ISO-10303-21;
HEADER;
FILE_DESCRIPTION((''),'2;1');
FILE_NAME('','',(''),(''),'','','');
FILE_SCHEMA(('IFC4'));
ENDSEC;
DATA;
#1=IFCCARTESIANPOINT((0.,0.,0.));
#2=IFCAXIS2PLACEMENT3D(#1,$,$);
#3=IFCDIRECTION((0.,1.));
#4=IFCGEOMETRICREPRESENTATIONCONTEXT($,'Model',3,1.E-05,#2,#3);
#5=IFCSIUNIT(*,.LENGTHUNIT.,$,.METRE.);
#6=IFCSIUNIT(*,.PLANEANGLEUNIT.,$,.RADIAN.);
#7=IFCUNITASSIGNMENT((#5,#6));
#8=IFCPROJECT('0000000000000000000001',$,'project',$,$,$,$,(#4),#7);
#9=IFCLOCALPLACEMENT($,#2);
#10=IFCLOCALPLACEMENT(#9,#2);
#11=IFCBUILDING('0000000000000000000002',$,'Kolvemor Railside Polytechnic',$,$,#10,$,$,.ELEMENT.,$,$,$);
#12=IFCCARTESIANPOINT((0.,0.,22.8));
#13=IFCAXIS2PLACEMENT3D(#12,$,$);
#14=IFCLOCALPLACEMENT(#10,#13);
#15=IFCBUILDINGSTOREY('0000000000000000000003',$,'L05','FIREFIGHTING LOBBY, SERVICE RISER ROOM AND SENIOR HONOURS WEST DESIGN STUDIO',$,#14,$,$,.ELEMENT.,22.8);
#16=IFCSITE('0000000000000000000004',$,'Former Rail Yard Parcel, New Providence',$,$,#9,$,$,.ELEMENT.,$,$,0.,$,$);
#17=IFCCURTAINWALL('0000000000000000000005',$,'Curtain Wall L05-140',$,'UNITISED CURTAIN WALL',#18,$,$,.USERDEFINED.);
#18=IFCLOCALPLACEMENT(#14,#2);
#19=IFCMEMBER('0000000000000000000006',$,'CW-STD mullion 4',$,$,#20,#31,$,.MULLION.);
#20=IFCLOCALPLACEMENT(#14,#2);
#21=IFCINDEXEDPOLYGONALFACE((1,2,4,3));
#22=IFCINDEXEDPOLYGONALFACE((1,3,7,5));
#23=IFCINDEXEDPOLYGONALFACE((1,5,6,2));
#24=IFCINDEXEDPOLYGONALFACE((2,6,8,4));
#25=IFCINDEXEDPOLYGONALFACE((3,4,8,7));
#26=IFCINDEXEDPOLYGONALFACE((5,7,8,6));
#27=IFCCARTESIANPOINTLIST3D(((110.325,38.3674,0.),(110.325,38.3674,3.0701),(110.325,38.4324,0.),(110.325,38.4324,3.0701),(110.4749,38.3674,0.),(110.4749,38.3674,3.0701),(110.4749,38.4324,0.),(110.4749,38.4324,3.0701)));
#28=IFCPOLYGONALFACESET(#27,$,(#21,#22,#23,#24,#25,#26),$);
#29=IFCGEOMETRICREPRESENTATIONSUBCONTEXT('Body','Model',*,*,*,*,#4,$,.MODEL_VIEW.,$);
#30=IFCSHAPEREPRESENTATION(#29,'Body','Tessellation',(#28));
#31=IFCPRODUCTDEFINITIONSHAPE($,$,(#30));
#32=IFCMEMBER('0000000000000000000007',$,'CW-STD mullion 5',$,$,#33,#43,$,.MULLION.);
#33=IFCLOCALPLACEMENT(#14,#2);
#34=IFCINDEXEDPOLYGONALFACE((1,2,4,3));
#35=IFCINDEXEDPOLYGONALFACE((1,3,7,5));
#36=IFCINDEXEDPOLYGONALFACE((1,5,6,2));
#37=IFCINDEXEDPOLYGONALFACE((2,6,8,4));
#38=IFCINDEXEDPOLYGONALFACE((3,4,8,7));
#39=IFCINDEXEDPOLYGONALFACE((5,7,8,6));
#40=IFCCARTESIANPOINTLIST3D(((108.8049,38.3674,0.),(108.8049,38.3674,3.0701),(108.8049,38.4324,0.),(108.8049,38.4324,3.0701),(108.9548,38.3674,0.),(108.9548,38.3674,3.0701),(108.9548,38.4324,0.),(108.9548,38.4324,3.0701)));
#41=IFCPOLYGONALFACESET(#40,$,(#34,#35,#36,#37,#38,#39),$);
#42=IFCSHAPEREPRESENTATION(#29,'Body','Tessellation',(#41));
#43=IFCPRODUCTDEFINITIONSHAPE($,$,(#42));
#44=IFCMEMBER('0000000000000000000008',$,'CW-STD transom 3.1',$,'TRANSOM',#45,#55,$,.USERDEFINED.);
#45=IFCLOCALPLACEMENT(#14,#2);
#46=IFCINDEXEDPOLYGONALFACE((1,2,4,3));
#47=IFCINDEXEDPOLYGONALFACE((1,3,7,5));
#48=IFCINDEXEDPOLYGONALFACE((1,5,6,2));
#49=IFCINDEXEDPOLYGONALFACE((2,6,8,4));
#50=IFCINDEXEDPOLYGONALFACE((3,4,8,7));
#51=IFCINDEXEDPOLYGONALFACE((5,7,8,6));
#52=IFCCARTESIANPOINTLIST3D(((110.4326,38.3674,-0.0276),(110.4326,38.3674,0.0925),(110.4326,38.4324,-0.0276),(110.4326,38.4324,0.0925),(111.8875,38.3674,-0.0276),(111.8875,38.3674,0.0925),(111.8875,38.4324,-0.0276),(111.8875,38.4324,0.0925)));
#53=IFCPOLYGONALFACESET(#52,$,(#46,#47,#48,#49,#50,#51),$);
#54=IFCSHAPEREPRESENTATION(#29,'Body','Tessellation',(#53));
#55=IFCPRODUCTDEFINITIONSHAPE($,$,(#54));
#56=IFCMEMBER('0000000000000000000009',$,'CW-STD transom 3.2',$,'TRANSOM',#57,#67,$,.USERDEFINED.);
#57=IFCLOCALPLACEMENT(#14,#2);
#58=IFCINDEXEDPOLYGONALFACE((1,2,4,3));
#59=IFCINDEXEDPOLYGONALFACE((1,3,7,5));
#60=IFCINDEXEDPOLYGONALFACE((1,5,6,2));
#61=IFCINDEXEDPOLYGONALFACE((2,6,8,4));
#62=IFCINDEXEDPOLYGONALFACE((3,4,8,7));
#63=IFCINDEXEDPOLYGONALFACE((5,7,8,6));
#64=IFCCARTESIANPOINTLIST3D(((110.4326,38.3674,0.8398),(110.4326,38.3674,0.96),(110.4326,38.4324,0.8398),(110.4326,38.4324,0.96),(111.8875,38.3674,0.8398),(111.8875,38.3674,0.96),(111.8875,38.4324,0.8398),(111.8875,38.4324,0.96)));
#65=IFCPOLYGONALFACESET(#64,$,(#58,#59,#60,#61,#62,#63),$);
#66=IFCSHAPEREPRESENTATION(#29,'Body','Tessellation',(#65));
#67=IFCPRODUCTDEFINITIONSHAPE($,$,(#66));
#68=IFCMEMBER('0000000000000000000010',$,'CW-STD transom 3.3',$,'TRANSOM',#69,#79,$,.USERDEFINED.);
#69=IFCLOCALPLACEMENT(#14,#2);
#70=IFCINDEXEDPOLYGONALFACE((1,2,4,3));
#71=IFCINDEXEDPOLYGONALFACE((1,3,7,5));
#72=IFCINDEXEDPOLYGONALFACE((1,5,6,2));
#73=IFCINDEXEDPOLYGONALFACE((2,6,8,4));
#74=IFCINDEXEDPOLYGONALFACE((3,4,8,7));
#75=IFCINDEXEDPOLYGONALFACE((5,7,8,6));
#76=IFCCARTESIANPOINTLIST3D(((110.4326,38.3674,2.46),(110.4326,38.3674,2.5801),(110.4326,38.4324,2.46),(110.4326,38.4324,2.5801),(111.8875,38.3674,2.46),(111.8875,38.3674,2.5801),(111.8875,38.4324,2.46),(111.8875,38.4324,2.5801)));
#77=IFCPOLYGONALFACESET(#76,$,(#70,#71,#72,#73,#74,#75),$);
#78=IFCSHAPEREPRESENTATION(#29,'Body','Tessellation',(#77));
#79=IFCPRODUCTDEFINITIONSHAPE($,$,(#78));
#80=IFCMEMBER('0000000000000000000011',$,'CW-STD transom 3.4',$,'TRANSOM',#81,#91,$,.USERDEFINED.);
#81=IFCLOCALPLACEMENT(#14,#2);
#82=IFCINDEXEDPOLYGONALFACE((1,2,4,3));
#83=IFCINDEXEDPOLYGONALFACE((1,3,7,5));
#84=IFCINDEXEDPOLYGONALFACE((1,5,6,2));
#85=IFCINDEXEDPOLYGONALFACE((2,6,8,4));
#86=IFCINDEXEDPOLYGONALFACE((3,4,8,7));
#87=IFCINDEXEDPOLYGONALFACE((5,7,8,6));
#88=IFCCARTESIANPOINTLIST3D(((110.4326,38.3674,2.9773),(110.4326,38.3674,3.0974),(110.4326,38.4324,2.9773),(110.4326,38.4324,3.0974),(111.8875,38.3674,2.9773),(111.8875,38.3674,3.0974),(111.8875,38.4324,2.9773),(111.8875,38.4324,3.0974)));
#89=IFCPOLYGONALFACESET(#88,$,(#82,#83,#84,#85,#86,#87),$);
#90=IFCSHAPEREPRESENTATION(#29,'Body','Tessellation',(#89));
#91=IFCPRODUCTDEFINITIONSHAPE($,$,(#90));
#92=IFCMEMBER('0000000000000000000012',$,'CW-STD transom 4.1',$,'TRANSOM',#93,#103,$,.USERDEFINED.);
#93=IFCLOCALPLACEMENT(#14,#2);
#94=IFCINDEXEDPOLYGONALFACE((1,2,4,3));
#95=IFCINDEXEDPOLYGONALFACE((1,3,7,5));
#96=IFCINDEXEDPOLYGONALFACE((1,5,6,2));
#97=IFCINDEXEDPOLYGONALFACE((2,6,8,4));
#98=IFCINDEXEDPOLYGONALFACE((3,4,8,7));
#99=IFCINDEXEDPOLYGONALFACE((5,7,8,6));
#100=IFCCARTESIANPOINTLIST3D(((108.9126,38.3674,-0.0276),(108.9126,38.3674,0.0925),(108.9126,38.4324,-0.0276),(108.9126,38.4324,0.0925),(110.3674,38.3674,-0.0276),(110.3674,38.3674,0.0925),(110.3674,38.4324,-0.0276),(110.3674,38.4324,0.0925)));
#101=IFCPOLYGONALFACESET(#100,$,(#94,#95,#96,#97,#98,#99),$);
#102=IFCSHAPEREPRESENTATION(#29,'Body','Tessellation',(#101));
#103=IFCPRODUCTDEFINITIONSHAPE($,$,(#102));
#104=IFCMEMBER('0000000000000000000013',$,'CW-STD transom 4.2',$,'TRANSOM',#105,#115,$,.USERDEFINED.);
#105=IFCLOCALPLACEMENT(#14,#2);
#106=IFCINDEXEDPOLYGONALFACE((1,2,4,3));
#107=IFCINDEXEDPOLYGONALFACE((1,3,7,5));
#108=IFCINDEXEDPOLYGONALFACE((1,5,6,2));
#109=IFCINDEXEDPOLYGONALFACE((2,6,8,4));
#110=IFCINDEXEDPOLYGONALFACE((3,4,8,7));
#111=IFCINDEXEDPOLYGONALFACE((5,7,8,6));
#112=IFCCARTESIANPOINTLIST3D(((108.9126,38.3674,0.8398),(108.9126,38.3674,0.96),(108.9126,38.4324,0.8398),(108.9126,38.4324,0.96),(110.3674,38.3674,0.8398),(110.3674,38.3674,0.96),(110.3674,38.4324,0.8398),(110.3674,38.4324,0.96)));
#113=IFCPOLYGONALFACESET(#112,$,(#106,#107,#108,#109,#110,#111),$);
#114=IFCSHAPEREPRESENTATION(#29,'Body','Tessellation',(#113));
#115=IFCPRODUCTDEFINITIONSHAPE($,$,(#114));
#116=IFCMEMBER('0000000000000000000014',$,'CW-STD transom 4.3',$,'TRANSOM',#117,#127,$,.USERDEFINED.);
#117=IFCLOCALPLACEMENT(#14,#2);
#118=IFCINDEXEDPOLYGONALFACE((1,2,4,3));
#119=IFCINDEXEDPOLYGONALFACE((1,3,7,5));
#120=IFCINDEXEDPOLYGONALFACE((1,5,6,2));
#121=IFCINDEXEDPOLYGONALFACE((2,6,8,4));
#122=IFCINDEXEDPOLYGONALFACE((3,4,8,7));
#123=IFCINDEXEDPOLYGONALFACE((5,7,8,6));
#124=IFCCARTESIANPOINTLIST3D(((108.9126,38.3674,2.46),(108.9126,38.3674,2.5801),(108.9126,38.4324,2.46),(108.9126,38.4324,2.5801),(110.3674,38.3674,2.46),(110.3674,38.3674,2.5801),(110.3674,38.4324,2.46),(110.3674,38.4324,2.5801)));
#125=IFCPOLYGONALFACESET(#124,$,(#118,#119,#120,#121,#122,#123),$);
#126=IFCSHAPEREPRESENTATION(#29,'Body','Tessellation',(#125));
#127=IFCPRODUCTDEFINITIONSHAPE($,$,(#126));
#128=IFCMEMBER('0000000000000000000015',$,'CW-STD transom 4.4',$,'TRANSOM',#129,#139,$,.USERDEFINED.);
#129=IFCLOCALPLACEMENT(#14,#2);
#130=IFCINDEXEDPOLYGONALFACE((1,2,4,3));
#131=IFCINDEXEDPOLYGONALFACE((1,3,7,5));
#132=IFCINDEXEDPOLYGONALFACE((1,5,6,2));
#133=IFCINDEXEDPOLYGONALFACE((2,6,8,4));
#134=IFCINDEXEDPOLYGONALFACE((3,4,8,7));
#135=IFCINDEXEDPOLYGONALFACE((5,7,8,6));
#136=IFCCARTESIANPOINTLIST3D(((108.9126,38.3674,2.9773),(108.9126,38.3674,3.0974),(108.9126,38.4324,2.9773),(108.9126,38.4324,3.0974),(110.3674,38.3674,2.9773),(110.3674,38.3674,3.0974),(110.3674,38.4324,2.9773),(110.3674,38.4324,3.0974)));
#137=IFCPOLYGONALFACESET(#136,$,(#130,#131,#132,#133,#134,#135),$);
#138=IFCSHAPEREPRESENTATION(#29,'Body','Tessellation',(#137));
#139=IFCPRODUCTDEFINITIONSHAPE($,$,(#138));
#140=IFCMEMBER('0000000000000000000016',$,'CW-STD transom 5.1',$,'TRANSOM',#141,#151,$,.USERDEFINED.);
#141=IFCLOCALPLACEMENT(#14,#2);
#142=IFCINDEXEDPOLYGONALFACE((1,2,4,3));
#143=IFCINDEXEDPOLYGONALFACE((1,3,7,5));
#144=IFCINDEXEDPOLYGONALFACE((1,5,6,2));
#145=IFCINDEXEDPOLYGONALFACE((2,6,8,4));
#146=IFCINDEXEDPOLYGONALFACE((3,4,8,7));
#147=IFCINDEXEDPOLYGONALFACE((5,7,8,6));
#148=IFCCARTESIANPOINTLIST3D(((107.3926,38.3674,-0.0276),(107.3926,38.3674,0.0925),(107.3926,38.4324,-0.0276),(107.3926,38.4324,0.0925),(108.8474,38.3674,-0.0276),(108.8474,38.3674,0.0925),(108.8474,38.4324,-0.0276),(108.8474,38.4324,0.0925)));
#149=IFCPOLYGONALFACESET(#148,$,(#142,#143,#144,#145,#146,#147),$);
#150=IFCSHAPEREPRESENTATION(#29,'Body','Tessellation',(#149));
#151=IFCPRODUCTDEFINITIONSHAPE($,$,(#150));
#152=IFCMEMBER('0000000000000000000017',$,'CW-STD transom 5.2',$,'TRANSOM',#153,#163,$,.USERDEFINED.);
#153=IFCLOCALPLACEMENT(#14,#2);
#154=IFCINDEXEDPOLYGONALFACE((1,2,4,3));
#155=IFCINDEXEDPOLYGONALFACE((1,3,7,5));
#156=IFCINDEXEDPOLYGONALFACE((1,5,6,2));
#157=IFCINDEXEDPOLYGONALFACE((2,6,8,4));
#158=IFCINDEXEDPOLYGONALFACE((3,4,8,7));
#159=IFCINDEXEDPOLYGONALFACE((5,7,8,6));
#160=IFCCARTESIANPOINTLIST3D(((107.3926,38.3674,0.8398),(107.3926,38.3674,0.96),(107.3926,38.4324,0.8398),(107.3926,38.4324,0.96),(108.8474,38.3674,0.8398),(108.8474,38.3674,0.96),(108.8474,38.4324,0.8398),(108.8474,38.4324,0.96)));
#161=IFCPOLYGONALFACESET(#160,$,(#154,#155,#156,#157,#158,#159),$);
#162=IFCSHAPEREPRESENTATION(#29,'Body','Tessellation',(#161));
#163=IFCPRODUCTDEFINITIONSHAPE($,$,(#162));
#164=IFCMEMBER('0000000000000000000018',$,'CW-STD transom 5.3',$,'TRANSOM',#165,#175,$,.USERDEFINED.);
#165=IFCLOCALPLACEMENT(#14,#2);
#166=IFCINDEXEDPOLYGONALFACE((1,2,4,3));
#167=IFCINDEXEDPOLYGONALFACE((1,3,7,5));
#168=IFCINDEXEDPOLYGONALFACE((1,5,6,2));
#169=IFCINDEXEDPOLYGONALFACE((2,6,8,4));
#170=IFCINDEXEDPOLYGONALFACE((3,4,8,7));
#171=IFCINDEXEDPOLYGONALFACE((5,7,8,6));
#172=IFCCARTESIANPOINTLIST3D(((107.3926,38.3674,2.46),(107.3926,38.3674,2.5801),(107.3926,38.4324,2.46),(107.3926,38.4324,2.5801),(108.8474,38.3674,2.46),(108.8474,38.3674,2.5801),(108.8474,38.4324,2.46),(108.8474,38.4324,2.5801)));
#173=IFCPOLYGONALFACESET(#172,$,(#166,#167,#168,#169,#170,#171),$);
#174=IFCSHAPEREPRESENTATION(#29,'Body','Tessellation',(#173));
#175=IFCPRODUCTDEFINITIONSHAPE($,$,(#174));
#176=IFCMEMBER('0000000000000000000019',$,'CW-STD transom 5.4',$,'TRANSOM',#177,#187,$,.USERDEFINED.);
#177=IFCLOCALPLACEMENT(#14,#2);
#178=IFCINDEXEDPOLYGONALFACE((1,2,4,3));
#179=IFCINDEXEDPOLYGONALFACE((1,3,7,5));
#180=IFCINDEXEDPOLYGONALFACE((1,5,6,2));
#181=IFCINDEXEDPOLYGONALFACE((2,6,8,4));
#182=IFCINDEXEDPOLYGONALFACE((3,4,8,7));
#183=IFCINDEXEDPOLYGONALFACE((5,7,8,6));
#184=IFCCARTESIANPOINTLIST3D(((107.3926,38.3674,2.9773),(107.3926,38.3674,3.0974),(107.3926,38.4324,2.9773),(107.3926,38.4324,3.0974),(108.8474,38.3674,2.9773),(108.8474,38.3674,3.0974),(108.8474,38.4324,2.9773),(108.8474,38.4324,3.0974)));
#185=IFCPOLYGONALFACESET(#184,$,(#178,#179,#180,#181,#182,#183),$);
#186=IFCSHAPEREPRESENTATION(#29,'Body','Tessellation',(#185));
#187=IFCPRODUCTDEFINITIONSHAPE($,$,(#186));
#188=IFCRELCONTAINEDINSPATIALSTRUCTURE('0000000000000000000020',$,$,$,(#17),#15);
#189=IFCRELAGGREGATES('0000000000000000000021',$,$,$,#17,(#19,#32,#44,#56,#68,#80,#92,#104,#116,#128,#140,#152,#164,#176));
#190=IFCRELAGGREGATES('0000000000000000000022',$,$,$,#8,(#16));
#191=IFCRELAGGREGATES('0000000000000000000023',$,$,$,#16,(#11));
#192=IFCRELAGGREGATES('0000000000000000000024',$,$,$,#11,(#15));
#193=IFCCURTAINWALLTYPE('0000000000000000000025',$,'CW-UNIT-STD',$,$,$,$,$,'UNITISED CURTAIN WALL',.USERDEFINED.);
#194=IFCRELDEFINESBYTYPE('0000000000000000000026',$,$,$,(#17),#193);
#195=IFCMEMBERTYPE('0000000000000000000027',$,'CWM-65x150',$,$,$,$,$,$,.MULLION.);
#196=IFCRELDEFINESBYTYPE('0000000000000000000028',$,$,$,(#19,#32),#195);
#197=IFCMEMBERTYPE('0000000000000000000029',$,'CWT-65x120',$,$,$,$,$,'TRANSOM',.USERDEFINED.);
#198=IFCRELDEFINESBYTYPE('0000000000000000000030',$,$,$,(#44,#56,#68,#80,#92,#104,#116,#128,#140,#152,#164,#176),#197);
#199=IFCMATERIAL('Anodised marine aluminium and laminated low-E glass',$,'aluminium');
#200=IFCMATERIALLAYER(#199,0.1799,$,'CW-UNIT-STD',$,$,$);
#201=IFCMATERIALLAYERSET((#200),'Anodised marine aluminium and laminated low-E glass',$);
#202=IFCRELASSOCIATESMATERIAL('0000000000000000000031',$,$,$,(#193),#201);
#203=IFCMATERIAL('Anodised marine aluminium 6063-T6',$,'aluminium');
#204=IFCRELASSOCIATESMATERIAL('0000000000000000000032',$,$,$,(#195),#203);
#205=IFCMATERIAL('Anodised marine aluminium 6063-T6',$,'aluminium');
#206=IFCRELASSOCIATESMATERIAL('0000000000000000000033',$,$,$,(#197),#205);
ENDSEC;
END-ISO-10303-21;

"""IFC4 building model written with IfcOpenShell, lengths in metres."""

from ifc_helpers import new_model, si_unit, direction, frame, origin, origin_2d, place, context, subcontext, project, spatial, rectangle, extrude, material, layer, layer_set, material_profile, profile_set, type_object, element, aggregate, save


model = new_model("IFC4")

# Units and contexts
model_context = context("Model", 3, precision=1e-05, world=origin(), true_north=direction((0.0, 1.0)))
body_context = subcontext(model_context, "Body", "Model", "MODEL_VIEW")
ifc_project = project(units=[si_unit("LENGTHUNIT", "METRE"), si_unit("PLANEANGLEUNIT", "RADIAN")], contexts=[model_context])

# Site, building, storey
site_placement = place(None, origin())
site = spatial("IfcSite", under=ifc_project, at=site_placement, Name="Former Rail Yard Parcel, New Providence", CompositionType="ELEMENT", RefElevation=0.0)
building_placement = place(site_placement, origin())
building = spatial("IfcBuilding", under=site, at=building_placement, Name="Kolvemor Railside Polytechnic", CompositionType="ELEMENT")
storey_placement = place(building_placement, frame((0.0, 0.0, 22.8)))
storey = spatial("IfcBuildingStorey", under=building, at=storey_placement, Name="L05", Description="FIREFIGHTING LOBBY, SERVICE RISER ROOM AND SENIOR HONOURS WEST DESIGN STUDIO", CompositionType="ELEMENT", Elevation=22.8)

# Curtain wall, members
ifc_material_1 = material(Name="Anodised marine aluminium and laminated low-E glass", Category="aluminium")
ifc_layer_1 = layer(ifc_material_1, 0.1799, Name="CW-UNIT-STD")
ifc_layer_set_1 = layer_set([ifc_layer_1], Name="Anodised marine aluminium and laminated low-E glass")
curtain_wall_type = type_object("IfcCurtainWallType", Name="CW-UNIT-STD", ElementType="UNITISED CURTAIN WALL", PredefinedType="USERDEFINED", material=ifc_layer_set_1)
curtain_wall_placement = place(storey_placement, origin())
curtain_wall = element("IfcCurtainWall", 1, at=curtain_wall_placement, inside=storey, type_object=curtain_wall_type, Name="Curtain Wall L05-140", ObjectType="UNITISED CURTAIN WALL", PredefinedType="USERDEFINED")
ifc_material_2 = material(Name="Anodised marine aluminium 6063-T6", Category="aluminium")
ifc_material_profile_1 = material_profile(ifc_material_2, rectangle(XDim=0.0649, YDim=0.1499, at=origin_2d()), Name="CW-MUL-65x150")
ifc_profile_set_1 = profile_set([ifc_material_profile_1], Name="Anodised marine aluminium 6063-T6")
member_type_1 = type_object("IfcMemberType", Name="CWM-65x150", PredefinedType="MULLION", material=ifc_profile_set_1)
member_1_placement = place(storey_placement, frame((110.3999, 38.3999, 0.0), z_axis=(0.0, 0.0, 1.0), x_axis=(0.0, -1.0, 0.0)))
member_1 = element("IfcMember", 2, at=member_1_placement, type_object=member_type_1, Name="CW-STD mullion 4", PredefinedType="MULLION", context=body_context, shape_type="SweptSolid", body=[
    extrude(rectangle(XDim=0.0649, YDim=0.1499, at=origin_2d()), origin(), (0.0, 0.0, 1.0), 3.0701),
])
member_2_placement = place(storey_placement, frame((108.8799, 38.3999, 0.0), z_axis=(0.0, 0.0, 1.0), x_axis=(0.0, -1.0, 0.0)))
member_2 = element("IfcMember", 3, at=member_2_placement, type_object=member_type_1, Name="CW-STD mullion 5", PredefinedType="MULLION", context=body_context, shape_type="SweptSolid", body=[
    extrude(rectangle(XDim=0.0649, YDim=0.1499, at=origin_2d()), origin(), (0.0, 0.0, 1.0), 3.0701),
])
ifc_material_3 = material(Name="Anodised marine aluminium 6063-T6", Category="aluminium")
ifc_material_profile_2 = material_profile(ifc_material_3, rectangle(XDim=0.0649, YDim=0.1201, at=origin_2d()), Name="CW-TRN-65x120")
ifc_profile_set_2 = profile_set([ifc_material_profile_2], Name="Anodised marine aluminium 6063-T6")
member_type_2 = type_object("IfcMemberType", Name="CWT-65x120", ElementType="TRANSOM", PredefinedType="USERDEFINED", material=ifc_profile_set_2)
member_3_placement = place(storey_placement, frame((111.8875, 38.3999, 0.0325), z_axis=(-1.0, 0.0, 0.0), x_axis=(0.0, -1.0, 0.0)))
member_3 = element("IfcMember", 4, at=member_3_placement, type_object=member_type_2, Name="CW-STD transom 3.1", ObjectType="TRANSOM", PredefinedType="USERDEFINED", context=body_context, shape_type="SweptSolid", body=[
    extrude(rectangle(XDim=0.0649, YDim=0.1201, at=origin_2d()), origin(), (0.0, 0.0, 1.0), 1.4548),
])
member_4_placement = place(storey_placement, frame((111.8875, 38.3999, 0.8999), z_axis=(-1.0, 0.0, 0.0), x_axis=(0.0, -1.0, 0.0)))
member_4 = element("IfcMember", 5, at=member_4_placement, type_object=member_type_2, Name="CW-STD transom 3.2", ObjectType="TRANSOM", PredefinedType="USERDEFINED", context=body_context, shape_type="SweptSolid", body=[
    extrude(rectangle(XDim=0.0649, YDim=0.1201, at=origin_2d()), origin(), (0.0, 0.0, 1.0), 1.4548),
])
member_5_placement = place(storey_placement, frame((111.8875, 38.3999, 2.52), z_axis=(-1.0, 0.0, 0.0), x_axis=(0.0, -1.0, 0.0)))
member_5 = element("IfcMember", 6, at=member_5_placement, type_object=member_type_2, Name="CW-STD transom 3.3", ObjectType="TRANSOM", PredefinedType="USERDEFINED", context=body_context, shape_type="SweptSolid", body=[
    extrude(rectangle(XDim=0.0649, YDim=0.1201, at=origin_2d()), origin(), (0.0, 0.0, 1.0), 1.4548),
])
member_6_placement = place(storey_placement, frame((111.8875, 38.3999, 3.0374), z_axis=(-1.0, 0.0, 0.0), x_axis=(0.0, -1.0, 0.0)))
member_6 = element("IfcMember", 7, at=member_6_placement, type_object=member_type_2, Name="CW-STD transom 3.4", ObjectType="TRANSOM", PredefinedType="USERDEFINED", context=body_context, shape_type="SweptSolid", body=[
    extrude(rectangle(XDim=0.0649, YDim=0.1201, at=origin_2d()), origin(), (0.0, 0.0, 1.0), 1.4548),
])
member_7_placement = place(storey_placement, frame((110.3674, 38.3999, 0.0325), z_axis=(-1.0, 0.0, 0.0), x_axis=(0.0, -1.0, 0.0)))
member_7 = element("IfcMember", 8, at=member_7_placement, type_object=member_type_2, Name="CW-STD transom 4.1", ObjectType="TRANSOM", PredefinedType="USERDEFINED", context=body_context, shape_type="SweptSolid", body=[
    extrude(rectangle(XDim=0.0649, YDim=0.1201, at=origin_2d()), origin(), (0.0, 0.0, 1.0), 1.4548),
])
member_8_placement = place(storey_placement, frame((110.3674, 38.3999, 0.8999), z_axis=(-1.0, 0.0, 0.0), x_axis=(0.0, -1.0, 0.0)))
member_8 = element("IfcMember", 9, at=member_8_placement, type_object=member_type_2, Name="CW-STD transom 4.2", ObjectType="TRANSOM", PredefinedType="USERDEFINED", context=body_context, shape_type="SweptSolid", body=[
    extrude(rectangle(XDim=0.0649, YDim=0.1201, at=origin_2d()), origin(), (0.0, 0.0, 1.0), 1.4548),
])
member_9_placement = place(storey_placement, frame((110.3674, 38.3999, 2.52), z_axis=(-1.0, 0.0, 0.0), x_axis=(0.0, -1.0, 0.0)))
member_9 = element("IfcMember", 10, at=member_9_placement, type_object=member_type_2, Name="CW-STD transom 4.3", ObjectType="TRANSOM", PredefinedType="USERDEFINED", context=body_context, shape_type="SweptSolid", body=[
    extrude(rectangle(XDim=0.0649, YDim=0.1201, at=origin_2d()), origin(), (0.0, 0.0, 1.0), 1.4548),
])
member_10_placement = place(storey_placement, frame((110.3674, 38.3999, 3.0374), z_axis=(-1.0, 0.0, 0.0), x_axis=(0.0, -1.0, 0.0)))
member_10 = element("IfcMember", 11, at=member_10_placement, type_object=member_type_2, Name="CW-STD transom 4.4", ObjectType="TRANSOM", PredefinedType="USERDEFINED", context=body_context, shape_type="SweptSolid", body=[
    extrude(rectangle(XDim=0.0649, YDim=0.1201, at=origin_2d()), origin(), (0.0, 0.0, 1.0), 1.4548),
])
member_11_placement = place(storey_placement, frame((108.8474, 38.3999, 0.0325), z_axis=(-1.0, 0.0, 0.0), x_axis=(0.0, -1.0, 0.0)))
member_11 = element("IfcMember", 12, at=member_11_placement, type_object=member_type_2, Name="CW-STD transom 5.1", ObjectType="TRANSOM", PredefinedType="USERDEFINED", context=body_context, shape_type="SweptSolid", body=[
    extrude(rectangle(XDim=0.0649, YDim=0.1201, at=origin_2d()), origin(), (0.0, 0.0, 1.0), 1.4548),
])
member_12_placement = place(storey_placement, frame((108.8474, 38.3999, 0.8999), z_axis=(-1.0, 0.0, 0.0), x_axis=(0.0, -1.0, 0.0)))
member_12 = element("IfcMember", 13, at=member_12_placement, type_object=member_type_2, Name="CW-STD transom 5.2", ObjectType="TRANSOM", PredefinedType="USERDEFINED", context=body_context, shape_type="SweptSolid", body=[
    extrude(rectangle(XDim=0.0649, YDim=0.1201, at=origin_2d()), origin(), (0.0, 0.0, 1.0), 1.4548),
])
member_13_placement = place(storey_placement, frame((108.8474, 38.3999, 2.52), z_axis=(-1.0, 0.0, 0.0), x_axis=(0.0, -1.0, 0.0)))
member_13 = element("IfcMember", 14, at=member_13_placement, type_object=member_type_2, Name="CW-STD transom 5.3", ObjectType="TRANSOM", PredefinedType="USERDEFINED", context=body_context, shape_type="SweptSolid", body=[
    extrude(rectangle(XDim=0.0649, YDim=0.1201, at=origin_2d()), origin(), (0.0, 0.0, 1.0), 1.4548),
])
member_14_placement = place(storey_placement, frame((108.8474, 38.3999, 3.0374), z_axis=(-1.0, 0.0, 0.0), x_axis=(0.0, -1.0, 0.0)))
member_14 = element("IfcMember", 15, at=member_14_placement, type_object=member_type_2, Name="CW-STD transom 5.4", ObjectType="TRANSOM", PredefinedType="USERDEFINED", context=body_context, shape_type="SweptSolid", body=[
    extrude(rectangle(XDim=0.0649, YDim=0.1201, at=origin_2d()), origin(), (0.0, 0.0, 1.0), 1.4548),
])
aggregate(curtain_wall, [member_1, member_2, member_3, member_4, member_5, member_6, member_7, member_8, member_9, member_10, member_11, member_12, member_13, member_14])

save(model, "model.ifc")
